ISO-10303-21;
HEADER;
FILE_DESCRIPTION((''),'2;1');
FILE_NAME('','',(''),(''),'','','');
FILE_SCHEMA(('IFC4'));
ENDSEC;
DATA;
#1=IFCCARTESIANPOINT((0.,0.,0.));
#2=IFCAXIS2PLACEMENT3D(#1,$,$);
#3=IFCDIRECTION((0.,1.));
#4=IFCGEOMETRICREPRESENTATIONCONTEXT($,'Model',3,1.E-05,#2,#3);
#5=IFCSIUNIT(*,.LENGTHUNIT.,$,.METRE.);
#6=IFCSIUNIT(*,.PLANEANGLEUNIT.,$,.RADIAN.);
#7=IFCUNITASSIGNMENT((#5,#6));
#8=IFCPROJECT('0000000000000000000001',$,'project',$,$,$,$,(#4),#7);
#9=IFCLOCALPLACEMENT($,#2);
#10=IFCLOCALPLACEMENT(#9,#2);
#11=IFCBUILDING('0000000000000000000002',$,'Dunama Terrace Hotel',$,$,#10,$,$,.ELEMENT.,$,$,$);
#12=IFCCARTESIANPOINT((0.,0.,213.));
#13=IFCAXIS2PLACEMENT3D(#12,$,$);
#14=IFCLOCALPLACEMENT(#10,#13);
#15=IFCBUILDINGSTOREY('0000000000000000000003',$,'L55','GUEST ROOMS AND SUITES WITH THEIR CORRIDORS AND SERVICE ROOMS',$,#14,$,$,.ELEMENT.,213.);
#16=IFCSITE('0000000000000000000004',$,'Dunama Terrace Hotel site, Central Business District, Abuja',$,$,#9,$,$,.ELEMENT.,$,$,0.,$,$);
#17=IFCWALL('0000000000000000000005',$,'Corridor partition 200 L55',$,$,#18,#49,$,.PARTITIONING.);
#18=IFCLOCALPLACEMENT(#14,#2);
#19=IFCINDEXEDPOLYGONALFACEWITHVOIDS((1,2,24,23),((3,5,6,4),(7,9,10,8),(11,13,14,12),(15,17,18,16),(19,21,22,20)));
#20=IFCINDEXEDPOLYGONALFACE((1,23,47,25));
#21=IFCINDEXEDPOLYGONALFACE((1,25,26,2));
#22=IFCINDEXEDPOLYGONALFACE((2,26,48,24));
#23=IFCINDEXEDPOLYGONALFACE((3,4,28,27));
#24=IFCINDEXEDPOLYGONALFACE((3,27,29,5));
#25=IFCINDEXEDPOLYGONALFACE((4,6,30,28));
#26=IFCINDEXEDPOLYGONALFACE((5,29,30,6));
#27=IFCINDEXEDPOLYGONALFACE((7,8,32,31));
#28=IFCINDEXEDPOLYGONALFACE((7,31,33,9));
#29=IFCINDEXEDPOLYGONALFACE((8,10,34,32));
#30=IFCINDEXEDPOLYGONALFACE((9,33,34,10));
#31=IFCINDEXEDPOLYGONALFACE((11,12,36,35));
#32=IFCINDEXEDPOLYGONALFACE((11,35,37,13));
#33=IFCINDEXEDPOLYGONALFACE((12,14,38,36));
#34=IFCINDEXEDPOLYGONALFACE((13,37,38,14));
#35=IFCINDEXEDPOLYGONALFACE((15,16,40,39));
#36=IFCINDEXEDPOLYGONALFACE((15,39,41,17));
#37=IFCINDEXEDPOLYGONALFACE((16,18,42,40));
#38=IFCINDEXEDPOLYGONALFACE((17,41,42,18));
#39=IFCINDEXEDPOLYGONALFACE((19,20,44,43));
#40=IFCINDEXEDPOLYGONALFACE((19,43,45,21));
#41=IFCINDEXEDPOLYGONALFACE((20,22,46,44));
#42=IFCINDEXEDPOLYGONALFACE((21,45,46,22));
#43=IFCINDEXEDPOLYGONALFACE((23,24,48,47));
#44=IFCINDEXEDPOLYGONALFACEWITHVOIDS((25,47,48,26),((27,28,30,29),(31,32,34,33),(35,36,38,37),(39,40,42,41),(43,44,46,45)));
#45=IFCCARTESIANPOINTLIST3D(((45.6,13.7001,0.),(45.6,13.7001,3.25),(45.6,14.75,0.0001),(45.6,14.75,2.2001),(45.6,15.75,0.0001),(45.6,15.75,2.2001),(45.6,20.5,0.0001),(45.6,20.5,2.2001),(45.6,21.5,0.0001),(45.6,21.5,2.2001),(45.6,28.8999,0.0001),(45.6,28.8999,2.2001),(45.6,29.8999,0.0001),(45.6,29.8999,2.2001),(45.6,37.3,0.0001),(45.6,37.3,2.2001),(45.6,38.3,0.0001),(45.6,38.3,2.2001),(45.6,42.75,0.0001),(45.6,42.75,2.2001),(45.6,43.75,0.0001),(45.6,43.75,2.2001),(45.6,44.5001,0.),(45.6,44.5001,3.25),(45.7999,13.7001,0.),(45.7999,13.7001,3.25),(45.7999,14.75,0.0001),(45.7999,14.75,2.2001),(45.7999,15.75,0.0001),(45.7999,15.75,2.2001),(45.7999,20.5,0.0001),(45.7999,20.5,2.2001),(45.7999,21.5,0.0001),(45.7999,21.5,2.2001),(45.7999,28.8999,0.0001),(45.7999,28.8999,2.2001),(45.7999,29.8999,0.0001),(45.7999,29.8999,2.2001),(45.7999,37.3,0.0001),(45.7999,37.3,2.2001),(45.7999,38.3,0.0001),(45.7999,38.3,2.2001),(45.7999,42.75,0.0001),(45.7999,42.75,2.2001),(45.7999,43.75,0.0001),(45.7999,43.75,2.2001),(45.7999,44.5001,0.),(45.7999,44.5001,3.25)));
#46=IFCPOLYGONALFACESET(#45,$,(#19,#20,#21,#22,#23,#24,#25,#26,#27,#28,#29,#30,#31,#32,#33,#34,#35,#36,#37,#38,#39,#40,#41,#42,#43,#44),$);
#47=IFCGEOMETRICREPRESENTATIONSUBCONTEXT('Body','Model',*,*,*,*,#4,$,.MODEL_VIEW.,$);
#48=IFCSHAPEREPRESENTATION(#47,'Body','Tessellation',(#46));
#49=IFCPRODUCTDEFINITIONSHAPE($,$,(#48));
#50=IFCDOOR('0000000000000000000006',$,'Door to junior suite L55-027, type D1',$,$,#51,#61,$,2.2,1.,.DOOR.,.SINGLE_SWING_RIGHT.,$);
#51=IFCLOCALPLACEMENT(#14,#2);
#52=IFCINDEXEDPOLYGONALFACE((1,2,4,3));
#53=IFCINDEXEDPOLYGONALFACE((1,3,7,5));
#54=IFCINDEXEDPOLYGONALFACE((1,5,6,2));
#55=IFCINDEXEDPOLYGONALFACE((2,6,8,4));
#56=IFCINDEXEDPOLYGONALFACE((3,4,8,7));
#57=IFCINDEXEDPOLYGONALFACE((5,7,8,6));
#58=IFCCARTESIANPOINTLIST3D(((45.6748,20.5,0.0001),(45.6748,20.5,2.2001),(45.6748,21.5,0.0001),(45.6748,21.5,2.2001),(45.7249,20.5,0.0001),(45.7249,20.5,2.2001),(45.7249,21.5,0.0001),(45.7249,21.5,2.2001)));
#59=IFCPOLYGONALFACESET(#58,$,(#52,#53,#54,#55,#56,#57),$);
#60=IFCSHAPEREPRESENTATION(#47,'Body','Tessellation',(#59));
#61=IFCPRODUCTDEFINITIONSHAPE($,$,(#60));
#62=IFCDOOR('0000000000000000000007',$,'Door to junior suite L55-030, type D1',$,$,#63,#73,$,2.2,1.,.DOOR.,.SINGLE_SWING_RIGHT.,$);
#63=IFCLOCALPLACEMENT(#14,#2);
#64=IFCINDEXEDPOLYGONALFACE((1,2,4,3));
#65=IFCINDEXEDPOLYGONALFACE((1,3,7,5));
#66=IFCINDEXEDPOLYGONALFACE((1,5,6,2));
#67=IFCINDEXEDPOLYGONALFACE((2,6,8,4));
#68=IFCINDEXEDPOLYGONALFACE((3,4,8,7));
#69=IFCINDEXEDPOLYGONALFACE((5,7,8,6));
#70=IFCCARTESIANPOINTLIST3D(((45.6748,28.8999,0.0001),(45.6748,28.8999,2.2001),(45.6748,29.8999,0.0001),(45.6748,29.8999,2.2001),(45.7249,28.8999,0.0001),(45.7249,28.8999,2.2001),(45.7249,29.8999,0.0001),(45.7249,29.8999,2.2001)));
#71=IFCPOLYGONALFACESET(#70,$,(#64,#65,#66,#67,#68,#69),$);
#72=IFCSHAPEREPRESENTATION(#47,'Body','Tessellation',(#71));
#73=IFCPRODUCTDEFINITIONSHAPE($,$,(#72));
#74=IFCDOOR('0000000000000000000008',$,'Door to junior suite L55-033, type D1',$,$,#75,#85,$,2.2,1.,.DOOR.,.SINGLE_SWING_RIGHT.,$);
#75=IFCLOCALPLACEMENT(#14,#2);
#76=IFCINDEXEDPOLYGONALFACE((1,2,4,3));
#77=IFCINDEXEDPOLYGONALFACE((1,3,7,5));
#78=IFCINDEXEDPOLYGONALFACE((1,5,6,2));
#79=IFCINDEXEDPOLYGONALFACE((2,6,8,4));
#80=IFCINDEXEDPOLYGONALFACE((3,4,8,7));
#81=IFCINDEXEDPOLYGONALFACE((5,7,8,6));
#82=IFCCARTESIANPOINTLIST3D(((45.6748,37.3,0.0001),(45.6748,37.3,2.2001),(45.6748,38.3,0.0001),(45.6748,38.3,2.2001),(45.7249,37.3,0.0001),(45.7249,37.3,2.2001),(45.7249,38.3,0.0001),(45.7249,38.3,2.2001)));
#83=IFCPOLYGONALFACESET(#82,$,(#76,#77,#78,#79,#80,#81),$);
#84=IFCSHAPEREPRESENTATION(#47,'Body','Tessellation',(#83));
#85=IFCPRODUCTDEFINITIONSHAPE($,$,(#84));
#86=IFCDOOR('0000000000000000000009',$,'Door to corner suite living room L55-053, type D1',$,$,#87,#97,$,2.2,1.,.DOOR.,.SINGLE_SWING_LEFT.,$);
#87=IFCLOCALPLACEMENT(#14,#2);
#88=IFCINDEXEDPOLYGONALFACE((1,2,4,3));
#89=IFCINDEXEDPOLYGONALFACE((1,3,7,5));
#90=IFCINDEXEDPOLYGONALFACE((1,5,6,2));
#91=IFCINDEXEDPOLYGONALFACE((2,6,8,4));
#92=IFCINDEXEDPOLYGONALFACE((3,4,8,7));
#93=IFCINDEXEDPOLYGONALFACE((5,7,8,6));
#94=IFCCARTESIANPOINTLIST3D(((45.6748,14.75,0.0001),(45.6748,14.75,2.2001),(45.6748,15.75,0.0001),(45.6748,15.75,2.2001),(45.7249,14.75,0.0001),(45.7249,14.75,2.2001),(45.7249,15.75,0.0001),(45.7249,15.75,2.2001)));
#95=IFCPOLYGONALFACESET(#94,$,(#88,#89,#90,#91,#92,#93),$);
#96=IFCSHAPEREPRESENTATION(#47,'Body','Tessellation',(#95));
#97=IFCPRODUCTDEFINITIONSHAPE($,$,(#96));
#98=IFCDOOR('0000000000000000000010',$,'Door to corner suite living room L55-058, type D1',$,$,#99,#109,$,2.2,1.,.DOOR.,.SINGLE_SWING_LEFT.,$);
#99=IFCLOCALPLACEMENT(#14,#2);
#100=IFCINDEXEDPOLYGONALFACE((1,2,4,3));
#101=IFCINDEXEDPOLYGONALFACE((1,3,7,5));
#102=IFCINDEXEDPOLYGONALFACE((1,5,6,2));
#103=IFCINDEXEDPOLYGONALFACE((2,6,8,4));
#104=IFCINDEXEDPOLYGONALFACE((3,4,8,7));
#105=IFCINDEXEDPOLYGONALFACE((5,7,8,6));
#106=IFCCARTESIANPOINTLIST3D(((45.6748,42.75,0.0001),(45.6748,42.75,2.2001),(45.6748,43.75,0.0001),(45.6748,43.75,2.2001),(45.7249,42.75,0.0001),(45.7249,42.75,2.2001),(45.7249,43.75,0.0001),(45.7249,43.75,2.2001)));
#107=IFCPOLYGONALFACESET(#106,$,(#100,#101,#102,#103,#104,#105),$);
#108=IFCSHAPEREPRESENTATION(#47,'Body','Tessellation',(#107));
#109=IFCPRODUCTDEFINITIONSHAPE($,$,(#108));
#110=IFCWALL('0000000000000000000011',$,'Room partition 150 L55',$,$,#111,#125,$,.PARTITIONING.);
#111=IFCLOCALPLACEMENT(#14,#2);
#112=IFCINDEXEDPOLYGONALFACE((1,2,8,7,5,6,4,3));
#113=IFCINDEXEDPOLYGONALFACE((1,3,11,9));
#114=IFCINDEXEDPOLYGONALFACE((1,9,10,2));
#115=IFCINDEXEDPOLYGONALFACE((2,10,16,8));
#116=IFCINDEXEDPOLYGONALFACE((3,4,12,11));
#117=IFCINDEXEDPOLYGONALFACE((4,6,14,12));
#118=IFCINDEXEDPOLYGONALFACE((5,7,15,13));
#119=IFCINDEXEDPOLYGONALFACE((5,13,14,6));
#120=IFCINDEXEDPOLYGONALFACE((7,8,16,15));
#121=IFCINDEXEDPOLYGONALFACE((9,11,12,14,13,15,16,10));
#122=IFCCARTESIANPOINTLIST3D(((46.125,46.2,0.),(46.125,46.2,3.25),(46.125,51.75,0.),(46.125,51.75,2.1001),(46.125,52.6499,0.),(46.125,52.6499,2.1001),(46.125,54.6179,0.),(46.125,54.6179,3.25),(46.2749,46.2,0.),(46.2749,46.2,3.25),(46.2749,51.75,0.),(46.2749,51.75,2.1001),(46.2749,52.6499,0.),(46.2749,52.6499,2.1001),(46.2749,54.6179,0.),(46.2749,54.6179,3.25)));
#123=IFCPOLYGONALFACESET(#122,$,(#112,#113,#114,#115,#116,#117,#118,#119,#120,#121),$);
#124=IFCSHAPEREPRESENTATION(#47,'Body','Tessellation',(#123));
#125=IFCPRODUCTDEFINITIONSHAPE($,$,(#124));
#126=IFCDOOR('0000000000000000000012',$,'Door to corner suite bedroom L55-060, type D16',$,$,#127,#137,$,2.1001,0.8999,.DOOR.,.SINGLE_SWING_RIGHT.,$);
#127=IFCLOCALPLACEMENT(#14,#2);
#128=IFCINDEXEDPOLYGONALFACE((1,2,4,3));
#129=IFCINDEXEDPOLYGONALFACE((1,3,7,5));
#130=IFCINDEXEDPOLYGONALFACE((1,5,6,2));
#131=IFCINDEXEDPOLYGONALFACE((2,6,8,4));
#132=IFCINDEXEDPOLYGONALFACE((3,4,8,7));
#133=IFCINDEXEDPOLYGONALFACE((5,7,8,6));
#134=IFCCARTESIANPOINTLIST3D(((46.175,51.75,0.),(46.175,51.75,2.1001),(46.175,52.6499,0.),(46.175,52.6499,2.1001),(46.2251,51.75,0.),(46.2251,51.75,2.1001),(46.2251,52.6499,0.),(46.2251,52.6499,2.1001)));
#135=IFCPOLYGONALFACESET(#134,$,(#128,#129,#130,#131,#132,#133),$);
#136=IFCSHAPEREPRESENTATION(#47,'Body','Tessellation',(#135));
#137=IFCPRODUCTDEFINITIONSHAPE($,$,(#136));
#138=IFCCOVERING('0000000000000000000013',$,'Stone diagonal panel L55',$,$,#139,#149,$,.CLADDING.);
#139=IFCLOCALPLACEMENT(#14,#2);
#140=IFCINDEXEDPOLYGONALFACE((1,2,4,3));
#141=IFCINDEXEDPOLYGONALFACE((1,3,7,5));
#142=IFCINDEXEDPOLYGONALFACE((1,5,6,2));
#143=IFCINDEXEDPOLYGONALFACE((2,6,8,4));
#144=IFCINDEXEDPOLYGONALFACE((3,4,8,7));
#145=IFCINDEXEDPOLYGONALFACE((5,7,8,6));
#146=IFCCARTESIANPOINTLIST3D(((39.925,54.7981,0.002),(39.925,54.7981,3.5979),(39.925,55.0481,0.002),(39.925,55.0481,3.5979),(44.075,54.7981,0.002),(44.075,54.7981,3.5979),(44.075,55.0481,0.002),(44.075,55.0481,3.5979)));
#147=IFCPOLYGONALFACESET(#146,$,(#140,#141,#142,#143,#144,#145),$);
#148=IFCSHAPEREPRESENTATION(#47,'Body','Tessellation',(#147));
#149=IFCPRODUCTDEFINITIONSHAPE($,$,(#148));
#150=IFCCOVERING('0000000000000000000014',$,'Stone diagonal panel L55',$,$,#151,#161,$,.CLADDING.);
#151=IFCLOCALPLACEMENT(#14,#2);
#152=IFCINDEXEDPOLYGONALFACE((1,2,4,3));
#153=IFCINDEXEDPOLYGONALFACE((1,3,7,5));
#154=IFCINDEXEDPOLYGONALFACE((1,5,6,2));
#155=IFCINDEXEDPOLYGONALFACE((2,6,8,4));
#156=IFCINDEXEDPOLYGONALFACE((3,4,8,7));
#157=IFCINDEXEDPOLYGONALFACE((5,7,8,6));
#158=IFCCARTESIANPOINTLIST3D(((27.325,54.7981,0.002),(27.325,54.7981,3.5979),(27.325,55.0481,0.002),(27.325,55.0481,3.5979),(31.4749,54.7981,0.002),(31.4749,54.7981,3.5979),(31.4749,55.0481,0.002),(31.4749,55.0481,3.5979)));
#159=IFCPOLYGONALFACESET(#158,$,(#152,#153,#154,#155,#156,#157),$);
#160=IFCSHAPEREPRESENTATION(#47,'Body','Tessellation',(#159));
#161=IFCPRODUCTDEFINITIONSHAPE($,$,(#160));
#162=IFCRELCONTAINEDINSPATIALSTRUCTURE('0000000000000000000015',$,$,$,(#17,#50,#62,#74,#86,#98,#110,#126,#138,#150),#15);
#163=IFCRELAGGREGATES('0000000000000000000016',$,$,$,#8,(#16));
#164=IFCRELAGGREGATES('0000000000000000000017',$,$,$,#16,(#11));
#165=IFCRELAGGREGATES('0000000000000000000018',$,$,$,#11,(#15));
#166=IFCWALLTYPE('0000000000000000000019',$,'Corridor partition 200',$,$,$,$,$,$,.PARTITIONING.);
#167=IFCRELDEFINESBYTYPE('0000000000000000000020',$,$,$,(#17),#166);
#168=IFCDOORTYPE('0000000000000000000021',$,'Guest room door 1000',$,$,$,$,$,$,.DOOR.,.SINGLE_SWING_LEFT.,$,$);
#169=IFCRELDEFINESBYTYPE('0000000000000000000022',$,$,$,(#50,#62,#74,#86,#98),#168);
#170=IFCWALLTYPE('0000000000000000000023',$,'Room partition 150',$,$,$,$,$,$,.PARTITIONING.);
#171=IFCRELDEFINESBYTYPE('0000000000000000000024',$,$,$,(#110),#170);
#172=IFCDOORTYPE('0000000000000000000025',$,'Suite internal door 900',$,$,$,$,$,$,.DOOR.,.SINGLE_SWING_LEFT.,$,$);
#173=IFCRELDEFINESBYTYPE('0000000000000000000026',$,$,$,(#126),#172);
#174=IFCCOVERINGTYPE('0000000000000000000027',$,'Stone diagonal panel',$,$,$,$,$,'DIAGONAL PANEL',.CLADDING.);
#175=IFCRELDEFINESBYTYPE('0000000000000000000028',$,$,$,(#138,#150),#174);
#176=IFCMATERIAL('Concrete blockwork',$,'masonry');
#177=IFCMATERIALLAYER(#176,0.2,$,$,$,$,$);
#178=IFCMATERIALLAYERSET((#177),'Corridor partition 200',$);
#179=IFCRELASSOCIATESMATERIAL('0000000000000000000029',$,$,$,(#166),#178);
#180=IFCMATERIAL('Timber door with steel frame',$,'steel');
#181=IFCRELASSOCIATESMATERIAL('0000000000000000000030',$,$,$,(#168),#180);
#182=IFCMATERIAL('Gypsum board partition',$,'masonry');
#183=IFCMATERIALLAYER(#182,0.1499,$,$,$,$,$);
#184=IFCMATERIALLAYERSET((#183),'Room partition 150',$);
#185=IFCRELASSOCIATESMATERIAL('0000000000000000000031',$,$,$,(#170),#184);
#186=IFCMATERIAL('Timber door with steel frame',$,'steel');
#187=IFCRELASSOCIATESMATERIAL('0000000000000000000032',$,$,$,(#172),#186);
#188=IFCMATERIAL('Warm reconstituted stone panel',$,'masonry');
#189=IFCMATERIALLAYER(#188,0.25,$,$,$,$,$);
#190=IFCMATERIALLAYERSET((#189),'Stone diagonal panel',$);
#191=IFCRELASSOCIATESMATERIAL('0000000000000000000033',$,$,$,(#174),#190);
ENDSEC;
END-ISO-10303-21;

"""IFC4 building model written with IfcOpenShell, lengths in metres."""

from ifc_helpers import new_model, si_unit, direction, frame, frame_2d, origin, origin_2d, place, context, subcontext, project, spatial, rectangle, extrude, material, layer, layer_set, type_object, element, fill, save


model = new_model("IFC4")

# Units and contexts
model_context = context("Model", 3, precision=1e-05, world=origin(), true_north=direction((0.0, 1.0)))
body_context = subcontext(model_context, "Body", "Model", "MODEL_VIEW")
ifc_project = project(units=[si_unit("LENGTHUNIT", "METRE"), si_unit("PLANEANGLEUNIT", "RADIAN")], contexts=[model_context])

# Site, building, storey
site_placement = place(None, origin())
site = spatial("IfcSite", under=ifc_project, at=site_placement, Name="Dunama Terrace Hotel site, Central Business District, Abuja", CompositionType="ELEMENT", RefElevation=0.0)
building_placement = place(site_placement, origin())
building = spatial("IfcBuilding", under=site, at=building_placement, Name="Dunama Terrace Hotel", CompositionType="ELEMENT")
storey_placement = place(building_placement, frame((0.0, 0.0, 213.0)))
storey = spatial("IfcBuildingStorey", under=building, at=storey_placement, Name="L55", Description="GUEST ROOMS AND SUITES WITH THEIR CORRIDORS AND SERVICE ROOMS", CompositionType="ELEMENT", Elevation=213.0)

# Shared definitions
ifc_material_1 = material(Name="Concrete blockwork", Category="masonry")
ifc_layer_1 = layer(ifc_material_1, 0.2)
ifc_layer_set_1 = layer_set([ifc_layer_1], Name="Corridor partition 200")
wall_type_1 = type_object("IfcWallType", Name="Corridor partition 200", PredefinedType="PARTITIONING", material=ifc_layer_set_1)

# Wall, openings, doors
wall_1_placement = place(storey_placement, frame((45.7, 44.5, 0.0), z_axis=(0.0, 0.0, 1.0), x_axis=(0.0, -1.0, 0.0)))
wall_1 = element("IfcWall", 1, at=wall_1_placement, inside=storey, type_object=wall_type_1, Name="Corridor partition 200 L55", PredefinedType="PARTITIONING", context=body_context, shape_type="SweptSolid", body=[
    extrude(rectangle(XDim=30.8, YDim=0.2, at=frame_2d((15.3999, 0.0))), origin(), (0.0, 0.0, 1.0), 3.25),
])
opening_1_placement = place(wall_1_placement, frame((23.0, 0.0, 0.0)))
opening_1 = element("IfcOpeningElement", 2, at=opening_1_placement, cuts=wall_1, PredefinedType="OPENING", context=body_context, shape_type="SweptSolid", body=[
    extrude(rectangle(XDim=1.0, YDim=2.2, at=frame_2d((0.5, 1.1001))), frame((0.0, 0.1099, 0.0), z_axis=(0.0, -1.0, 0.0), x_axis=(1.0, 0.0, 0.0)), (0.0, 0.0, 1.0), 0.22),
])
opening_2_placement = place(wall_1_placement, frame((14.6001, 0.0, 0.0)))
opening_2 = element("IfcOpeningElement", 3, at=opening_2_placement, cuts=wall_1, PredefinedType="OPENING", context=body_context, shape_type="SweptSolid", body=[
    extrude(rectangle(XDim=1.0, YDim=2.2, at=frame_2d((0.5, 1.1001))), frame((0.0, 0.1099, 0.0), z_axis=(0.0, -1.0, 0.0), x_axis=(1.0, 0.0, 0.0)), (0.0, 0.0, 1.0), 0.22),
])
opening_3_placement = place(wall_1_placement, frame((6.2, 0.0, 0.0)))
opening_3 = element("IfcOpeningElement", 4, at=opening_3_placement, cuts=wall_1, PredefinedType="OPENING", context=body_context, shape_type="SweptSolid", body=[
    extrude(rectangle(XDim=1.0, YDim=2.2, at=frame_2d((0.5, 1.1001))), frame((0.0, 0.1099, 0.0), z_axis=(0.0, -1.0, 0.0), x_axis=(1.0, 0.0, 0.0)), (0.0, 0.0, 1.0), 0.22),
])
opening_4_placement = place(wall_1_placement, frame((28.75, 0.0, 0.0)))
opening_4 = element("IfcOpeningElement", 5, at=opening_4_placement, cuts=wall_1, PredefinedType="OPENING", context=body_context, shape_type="SweptSolid", body=[
    extrude(rectangle(XDim=1.0, YDim=2.2, at=frame_2d((0.5, 1.1001))), frame((0.0, 0.1099, 0.0), z_axis=(0.0, -1.0, 0.0), x_axis=(1.0, 0.0, 0.0)), (0.0, 0.0, 1.0), 0.22),
])
opening_5_placement = place(wall_1_placement, frame((0.75, 0.0, 0.0)))
opening_5 = element("IfcOpeningElement", 6, at=opening_5_placement, cuts=wall_1, PredefinedType="OPENING", context=body_context, shape_type="SweptSolid", body=[
    extrude(rectangle(XDim=1.0, YDim=2.2, at=frame_2d((0.5, 1.1001))), frame((0.0, 0.1099, 0.0), z_axis=(0.0, -1.0, 0.0), x_axis=(1.0, 0.0, 0.0)), (0.0, 0.0, 1.0), 0.22),
])
ifc_material_2 = material(Name="Timber door with steel frame", Category="steel")
door_type_1 = type_object("IfcDoorType", Name="Guest room door 1000", OperationType="SINGLE_SWING_LEFT", PredefinedType="DOOR", material=ifc_material_2)
door_1_placement = place(opening_1_placement, origin())
door_1 = element("IfcDoor", 7, at=door_1_placement, inside=storey, type_object=door_type_1, Name="Door to junior suite L55-027, type D1", OperationType="SINGLE_SWING_RIGHT", OverallHeight=2.2, OverallWidth=1.0, PredefinedType="DOOR", context=body_context, shape_type="SweptSolid", body=[
    extrude(rectangle(XDim=1.0, YDim=2.2, at=frame_2d((0.5, 1.1001))), frame((0.0, 0.0249, 0.0), z_axis=(0.0, -1.0, 0.0), x_axis=(1.0, 0.0, 0.0)), (0.0, 0.0, 1.0), 0.05),
])
fill(opening_1, door_1)
door_2_placement = place(opening_2_placement, origin())
door_2 = element("IfcDoor", 8, at=door_2_placement, inside=storey, type_object=door_type_1, Name="Door to junior suite L55-030, type D1", OperationType="SINGLE_SWING_RIGHT", OverallHeight=2.2, OverallWidth=1.0, PredefinedType="DOOR", context=body_context, shape_type="SweptSolid", body=[
    extrude(rectangle(XDim=1.0, YDim=2.2, at=frame_2d((0.5, 1.1001))), frame((0.0, 0.0249, 0.0), z_axis=(0.0, -1.0, 0.0), x_axis=(1.0, 0.0, 0.0)), (0.0, 0.0, 1.0), 0.05),
])
fill(opening_2, door_2)
door_3_placement = place(opening_3_placement, origin())
door_3 = element("IfcDoor", 9, at=door_3_placement, inside=storey, type_object=door_type_1, Name="Door to junior suite L55-033, type D1", OperationType="SINGLE_SWING_RIGHT", OverallHeight=2.2, OverallWidth=1.0, PredefinedType="DOOR", context=body_context, shape_type="SweptSolid", body=[
    extrude(rectangle(XDim=1.0, YDim=2.2, at=frame_2d((0.5, 1.1001))), frame((0.0, 0.0249, 0.0), z_axis=(0.0, -1.0, 0.0), x_axis=(1.0, 0.0, 0.0)), (0.0, 0.0, 1.0), 0.05),
])
fill(opening_3, door_3)
door_4_placement = place(opening_4_placement, origin())
door_4 = element("IfcDoor", 10, at=door_4_placement, inside=storey, type_object=door_type_1, Name="Door to corner suite living room L55-053, type D1", OperationType="SINGLE_SWING_LEFT", OverallHeight=2.2, OverallWidth=1.0, PredefinedType="DOOR", context=body_context, shape_type="SweptSolid", body=[
    extrude(rectangle(XDim=1.0, YDim=2.2, at=frame_2d((0.5, 1.1001))), frame((0.0, 0.0249, 0.0), z_axis=(0.0, -1.0, 0.0), x_axis=(1.0, 0.0, 0.0)), (0.0, 0.0, 1.0), 0.05),
])
fill(opening_4, door_4)
door_5_placement = place(opening_5_placement, origin())
door_5 = element("IfcDoor", 11, at=door_5_placement, inside=storey, type_object=door_type_1, Name="Door to corner suite living room L55-058, type D1", OperationType="SINGLE_SWING_LEFT", OverallHeight=2.2, OverallWidth=1.0, PredefinedType="DOOR", context=body_context, shape_type="SweptSolid", body=[
    extrude(rectangle(XDim=1.0, YDim=2.2, at=frame_2d((0.5, 1.1001))), frame((0.0, 0.0249, 0.0), z_axis=(0.0, -1.0, 0.0), x_axis=(1.0, 0.0, 0.0)), (0.0, 0.0, 1.0), 0.05),
])
fill(opening_5, door_5)

# Wall, opening, door
ifc_material_3 = material(Name="Gypsum board partition", Category="masonry")
ifc_layer_2 = layer(ifc_material_3, 0.1499)
ifc_layer_set_2 = layer_set([ifc_layer_2], Name="Room partition 150")
wall_type_2 = type_object("IfcWallType", Name="Room partition 150", PredefinedType="PARTITIONING", material=ifc_layer_set_2)
wall_2_placement = place(storey_placement, frame((46.2, 46.2, 0.0), z_axis=(0.0, 0.0, 1.0), x_axis=(0.0, 1.0, 0.0)))
wall_2 = element("IfcWall", 12, at=wall_2_placement, inside=storey, type_object=wall_type_2, Name="Room partition 150 L55", PredefinedType="PARTITIONING", context=body_context, shape_type="SweptSolid", body=[
    extrude(rectangle(XDim=8.418, YDim=0.1499, at=frame_2d((4.209, 0.0))), origin(), (0.0, 0.0, 1.0), 3.25),
])
opening_6_placement = place(wall_2_placement, frame((5.55, 0.0, 0.0)))
opening_6 = element("IfcOpeningElement", 13, at=opening_6_placement, cuts=wall_2, PredefinedType="OPENING", context=body_context, shape_type="SweptSolid", body=[
    extrude(rectangle(XDim=0.8999, YDim=2.1001, at=frame_2d((0.45, 1.05))), frame((0.0, 0.085, 0.0), z_axis=(0.0, -1.0, 0.0), x_axis=(1.0, 0.0, 0.0)), (0.0, 0.0, 1.0), 0.1699),
])
ifc_material_4 = material(Name="Timber door with steel frame", Category="steel")
door_type_2 = type_object("IfcDoorType", Name="Suite internal door 900", OperationType="SINGLE_SWING_LEFT", PredefinedType="DOOR", material=ifc_material_4)
door_6_placement = place(opening_6_placement, frame((0.8999, 0.0, 0.0), z_axis=(0.0, 0.0, 1.0), x_axis=(-1.0, 0.0, 0.0)))
door_6 = element("IfcDoor", 14, at=door_6_placement, inside=storey, type_object=door_type_2, Name="Door to corner suite bedroom L55-060, type D16", OperationType="SINGLE_SWING_RIGHT", OverallHeight=2.1001, OverallWidth=0.8999, PredefinedType="DOOR", context=body_context, shape_type="SweptSolid", body=[
    extrude(rectangle(XDim=0.8999, YDim=2.1001, at=frame_2d((0.45, 1.05))), frame((0.0, 0.0251, 0.0), z_axis=(0.0, -1.0, 0.0), x_axis=(1.0, 0.0, 0.0)), (0.0, 0.0, 1.0), 0.05),
])
fill(opening_6, door_6)

# Coverings
ifc_material_5 = material(Name="Warm reconstituted stone panel", Category="masonry")
ifc_layer_3 = layer(ifc_material_5, 0.25)
ifc_layer_set_3 = layer_set([ifc_layer_3], Name="Stone diagonal panel")
covering_type = type_object("IfcCoveringType", Name="Stone diagonal panel", ElementType="DIAGONAL PANEL", PredefinedType="CLADDING", material=ifc_layer_set_3)
for number, where, z_axis, x_axis, name in (
    (15, (42.0, 54.9231, 0.002), (0.0, 0.0, 1.0), (-1.0, 0.0, 0.0), "Stone diagonal panel L55"),
    (16, (29.3999, 54.9231, 0.002), (0.0, 0.0, 1.0), (-1.0, 0.0, 0.0), "Stone diagonal panel L55"),
):
    element("IfcCovering", number, at=place(storey_placement, frame(where, z_axis=z_axis, x_axis=x_axis)), inside=storey, type_object=covering_type, Name=name, PredefinedType="CLADDING", context=body_context, shape_type="SweptSolid", body=[
        extrude(rectangle(XDim=4.1499, YDim=0.25, at=origin_2d()), origin(), (0.0, 0.0, 1.0), 3.5959),
    ])

save(model, "model.ifc")
